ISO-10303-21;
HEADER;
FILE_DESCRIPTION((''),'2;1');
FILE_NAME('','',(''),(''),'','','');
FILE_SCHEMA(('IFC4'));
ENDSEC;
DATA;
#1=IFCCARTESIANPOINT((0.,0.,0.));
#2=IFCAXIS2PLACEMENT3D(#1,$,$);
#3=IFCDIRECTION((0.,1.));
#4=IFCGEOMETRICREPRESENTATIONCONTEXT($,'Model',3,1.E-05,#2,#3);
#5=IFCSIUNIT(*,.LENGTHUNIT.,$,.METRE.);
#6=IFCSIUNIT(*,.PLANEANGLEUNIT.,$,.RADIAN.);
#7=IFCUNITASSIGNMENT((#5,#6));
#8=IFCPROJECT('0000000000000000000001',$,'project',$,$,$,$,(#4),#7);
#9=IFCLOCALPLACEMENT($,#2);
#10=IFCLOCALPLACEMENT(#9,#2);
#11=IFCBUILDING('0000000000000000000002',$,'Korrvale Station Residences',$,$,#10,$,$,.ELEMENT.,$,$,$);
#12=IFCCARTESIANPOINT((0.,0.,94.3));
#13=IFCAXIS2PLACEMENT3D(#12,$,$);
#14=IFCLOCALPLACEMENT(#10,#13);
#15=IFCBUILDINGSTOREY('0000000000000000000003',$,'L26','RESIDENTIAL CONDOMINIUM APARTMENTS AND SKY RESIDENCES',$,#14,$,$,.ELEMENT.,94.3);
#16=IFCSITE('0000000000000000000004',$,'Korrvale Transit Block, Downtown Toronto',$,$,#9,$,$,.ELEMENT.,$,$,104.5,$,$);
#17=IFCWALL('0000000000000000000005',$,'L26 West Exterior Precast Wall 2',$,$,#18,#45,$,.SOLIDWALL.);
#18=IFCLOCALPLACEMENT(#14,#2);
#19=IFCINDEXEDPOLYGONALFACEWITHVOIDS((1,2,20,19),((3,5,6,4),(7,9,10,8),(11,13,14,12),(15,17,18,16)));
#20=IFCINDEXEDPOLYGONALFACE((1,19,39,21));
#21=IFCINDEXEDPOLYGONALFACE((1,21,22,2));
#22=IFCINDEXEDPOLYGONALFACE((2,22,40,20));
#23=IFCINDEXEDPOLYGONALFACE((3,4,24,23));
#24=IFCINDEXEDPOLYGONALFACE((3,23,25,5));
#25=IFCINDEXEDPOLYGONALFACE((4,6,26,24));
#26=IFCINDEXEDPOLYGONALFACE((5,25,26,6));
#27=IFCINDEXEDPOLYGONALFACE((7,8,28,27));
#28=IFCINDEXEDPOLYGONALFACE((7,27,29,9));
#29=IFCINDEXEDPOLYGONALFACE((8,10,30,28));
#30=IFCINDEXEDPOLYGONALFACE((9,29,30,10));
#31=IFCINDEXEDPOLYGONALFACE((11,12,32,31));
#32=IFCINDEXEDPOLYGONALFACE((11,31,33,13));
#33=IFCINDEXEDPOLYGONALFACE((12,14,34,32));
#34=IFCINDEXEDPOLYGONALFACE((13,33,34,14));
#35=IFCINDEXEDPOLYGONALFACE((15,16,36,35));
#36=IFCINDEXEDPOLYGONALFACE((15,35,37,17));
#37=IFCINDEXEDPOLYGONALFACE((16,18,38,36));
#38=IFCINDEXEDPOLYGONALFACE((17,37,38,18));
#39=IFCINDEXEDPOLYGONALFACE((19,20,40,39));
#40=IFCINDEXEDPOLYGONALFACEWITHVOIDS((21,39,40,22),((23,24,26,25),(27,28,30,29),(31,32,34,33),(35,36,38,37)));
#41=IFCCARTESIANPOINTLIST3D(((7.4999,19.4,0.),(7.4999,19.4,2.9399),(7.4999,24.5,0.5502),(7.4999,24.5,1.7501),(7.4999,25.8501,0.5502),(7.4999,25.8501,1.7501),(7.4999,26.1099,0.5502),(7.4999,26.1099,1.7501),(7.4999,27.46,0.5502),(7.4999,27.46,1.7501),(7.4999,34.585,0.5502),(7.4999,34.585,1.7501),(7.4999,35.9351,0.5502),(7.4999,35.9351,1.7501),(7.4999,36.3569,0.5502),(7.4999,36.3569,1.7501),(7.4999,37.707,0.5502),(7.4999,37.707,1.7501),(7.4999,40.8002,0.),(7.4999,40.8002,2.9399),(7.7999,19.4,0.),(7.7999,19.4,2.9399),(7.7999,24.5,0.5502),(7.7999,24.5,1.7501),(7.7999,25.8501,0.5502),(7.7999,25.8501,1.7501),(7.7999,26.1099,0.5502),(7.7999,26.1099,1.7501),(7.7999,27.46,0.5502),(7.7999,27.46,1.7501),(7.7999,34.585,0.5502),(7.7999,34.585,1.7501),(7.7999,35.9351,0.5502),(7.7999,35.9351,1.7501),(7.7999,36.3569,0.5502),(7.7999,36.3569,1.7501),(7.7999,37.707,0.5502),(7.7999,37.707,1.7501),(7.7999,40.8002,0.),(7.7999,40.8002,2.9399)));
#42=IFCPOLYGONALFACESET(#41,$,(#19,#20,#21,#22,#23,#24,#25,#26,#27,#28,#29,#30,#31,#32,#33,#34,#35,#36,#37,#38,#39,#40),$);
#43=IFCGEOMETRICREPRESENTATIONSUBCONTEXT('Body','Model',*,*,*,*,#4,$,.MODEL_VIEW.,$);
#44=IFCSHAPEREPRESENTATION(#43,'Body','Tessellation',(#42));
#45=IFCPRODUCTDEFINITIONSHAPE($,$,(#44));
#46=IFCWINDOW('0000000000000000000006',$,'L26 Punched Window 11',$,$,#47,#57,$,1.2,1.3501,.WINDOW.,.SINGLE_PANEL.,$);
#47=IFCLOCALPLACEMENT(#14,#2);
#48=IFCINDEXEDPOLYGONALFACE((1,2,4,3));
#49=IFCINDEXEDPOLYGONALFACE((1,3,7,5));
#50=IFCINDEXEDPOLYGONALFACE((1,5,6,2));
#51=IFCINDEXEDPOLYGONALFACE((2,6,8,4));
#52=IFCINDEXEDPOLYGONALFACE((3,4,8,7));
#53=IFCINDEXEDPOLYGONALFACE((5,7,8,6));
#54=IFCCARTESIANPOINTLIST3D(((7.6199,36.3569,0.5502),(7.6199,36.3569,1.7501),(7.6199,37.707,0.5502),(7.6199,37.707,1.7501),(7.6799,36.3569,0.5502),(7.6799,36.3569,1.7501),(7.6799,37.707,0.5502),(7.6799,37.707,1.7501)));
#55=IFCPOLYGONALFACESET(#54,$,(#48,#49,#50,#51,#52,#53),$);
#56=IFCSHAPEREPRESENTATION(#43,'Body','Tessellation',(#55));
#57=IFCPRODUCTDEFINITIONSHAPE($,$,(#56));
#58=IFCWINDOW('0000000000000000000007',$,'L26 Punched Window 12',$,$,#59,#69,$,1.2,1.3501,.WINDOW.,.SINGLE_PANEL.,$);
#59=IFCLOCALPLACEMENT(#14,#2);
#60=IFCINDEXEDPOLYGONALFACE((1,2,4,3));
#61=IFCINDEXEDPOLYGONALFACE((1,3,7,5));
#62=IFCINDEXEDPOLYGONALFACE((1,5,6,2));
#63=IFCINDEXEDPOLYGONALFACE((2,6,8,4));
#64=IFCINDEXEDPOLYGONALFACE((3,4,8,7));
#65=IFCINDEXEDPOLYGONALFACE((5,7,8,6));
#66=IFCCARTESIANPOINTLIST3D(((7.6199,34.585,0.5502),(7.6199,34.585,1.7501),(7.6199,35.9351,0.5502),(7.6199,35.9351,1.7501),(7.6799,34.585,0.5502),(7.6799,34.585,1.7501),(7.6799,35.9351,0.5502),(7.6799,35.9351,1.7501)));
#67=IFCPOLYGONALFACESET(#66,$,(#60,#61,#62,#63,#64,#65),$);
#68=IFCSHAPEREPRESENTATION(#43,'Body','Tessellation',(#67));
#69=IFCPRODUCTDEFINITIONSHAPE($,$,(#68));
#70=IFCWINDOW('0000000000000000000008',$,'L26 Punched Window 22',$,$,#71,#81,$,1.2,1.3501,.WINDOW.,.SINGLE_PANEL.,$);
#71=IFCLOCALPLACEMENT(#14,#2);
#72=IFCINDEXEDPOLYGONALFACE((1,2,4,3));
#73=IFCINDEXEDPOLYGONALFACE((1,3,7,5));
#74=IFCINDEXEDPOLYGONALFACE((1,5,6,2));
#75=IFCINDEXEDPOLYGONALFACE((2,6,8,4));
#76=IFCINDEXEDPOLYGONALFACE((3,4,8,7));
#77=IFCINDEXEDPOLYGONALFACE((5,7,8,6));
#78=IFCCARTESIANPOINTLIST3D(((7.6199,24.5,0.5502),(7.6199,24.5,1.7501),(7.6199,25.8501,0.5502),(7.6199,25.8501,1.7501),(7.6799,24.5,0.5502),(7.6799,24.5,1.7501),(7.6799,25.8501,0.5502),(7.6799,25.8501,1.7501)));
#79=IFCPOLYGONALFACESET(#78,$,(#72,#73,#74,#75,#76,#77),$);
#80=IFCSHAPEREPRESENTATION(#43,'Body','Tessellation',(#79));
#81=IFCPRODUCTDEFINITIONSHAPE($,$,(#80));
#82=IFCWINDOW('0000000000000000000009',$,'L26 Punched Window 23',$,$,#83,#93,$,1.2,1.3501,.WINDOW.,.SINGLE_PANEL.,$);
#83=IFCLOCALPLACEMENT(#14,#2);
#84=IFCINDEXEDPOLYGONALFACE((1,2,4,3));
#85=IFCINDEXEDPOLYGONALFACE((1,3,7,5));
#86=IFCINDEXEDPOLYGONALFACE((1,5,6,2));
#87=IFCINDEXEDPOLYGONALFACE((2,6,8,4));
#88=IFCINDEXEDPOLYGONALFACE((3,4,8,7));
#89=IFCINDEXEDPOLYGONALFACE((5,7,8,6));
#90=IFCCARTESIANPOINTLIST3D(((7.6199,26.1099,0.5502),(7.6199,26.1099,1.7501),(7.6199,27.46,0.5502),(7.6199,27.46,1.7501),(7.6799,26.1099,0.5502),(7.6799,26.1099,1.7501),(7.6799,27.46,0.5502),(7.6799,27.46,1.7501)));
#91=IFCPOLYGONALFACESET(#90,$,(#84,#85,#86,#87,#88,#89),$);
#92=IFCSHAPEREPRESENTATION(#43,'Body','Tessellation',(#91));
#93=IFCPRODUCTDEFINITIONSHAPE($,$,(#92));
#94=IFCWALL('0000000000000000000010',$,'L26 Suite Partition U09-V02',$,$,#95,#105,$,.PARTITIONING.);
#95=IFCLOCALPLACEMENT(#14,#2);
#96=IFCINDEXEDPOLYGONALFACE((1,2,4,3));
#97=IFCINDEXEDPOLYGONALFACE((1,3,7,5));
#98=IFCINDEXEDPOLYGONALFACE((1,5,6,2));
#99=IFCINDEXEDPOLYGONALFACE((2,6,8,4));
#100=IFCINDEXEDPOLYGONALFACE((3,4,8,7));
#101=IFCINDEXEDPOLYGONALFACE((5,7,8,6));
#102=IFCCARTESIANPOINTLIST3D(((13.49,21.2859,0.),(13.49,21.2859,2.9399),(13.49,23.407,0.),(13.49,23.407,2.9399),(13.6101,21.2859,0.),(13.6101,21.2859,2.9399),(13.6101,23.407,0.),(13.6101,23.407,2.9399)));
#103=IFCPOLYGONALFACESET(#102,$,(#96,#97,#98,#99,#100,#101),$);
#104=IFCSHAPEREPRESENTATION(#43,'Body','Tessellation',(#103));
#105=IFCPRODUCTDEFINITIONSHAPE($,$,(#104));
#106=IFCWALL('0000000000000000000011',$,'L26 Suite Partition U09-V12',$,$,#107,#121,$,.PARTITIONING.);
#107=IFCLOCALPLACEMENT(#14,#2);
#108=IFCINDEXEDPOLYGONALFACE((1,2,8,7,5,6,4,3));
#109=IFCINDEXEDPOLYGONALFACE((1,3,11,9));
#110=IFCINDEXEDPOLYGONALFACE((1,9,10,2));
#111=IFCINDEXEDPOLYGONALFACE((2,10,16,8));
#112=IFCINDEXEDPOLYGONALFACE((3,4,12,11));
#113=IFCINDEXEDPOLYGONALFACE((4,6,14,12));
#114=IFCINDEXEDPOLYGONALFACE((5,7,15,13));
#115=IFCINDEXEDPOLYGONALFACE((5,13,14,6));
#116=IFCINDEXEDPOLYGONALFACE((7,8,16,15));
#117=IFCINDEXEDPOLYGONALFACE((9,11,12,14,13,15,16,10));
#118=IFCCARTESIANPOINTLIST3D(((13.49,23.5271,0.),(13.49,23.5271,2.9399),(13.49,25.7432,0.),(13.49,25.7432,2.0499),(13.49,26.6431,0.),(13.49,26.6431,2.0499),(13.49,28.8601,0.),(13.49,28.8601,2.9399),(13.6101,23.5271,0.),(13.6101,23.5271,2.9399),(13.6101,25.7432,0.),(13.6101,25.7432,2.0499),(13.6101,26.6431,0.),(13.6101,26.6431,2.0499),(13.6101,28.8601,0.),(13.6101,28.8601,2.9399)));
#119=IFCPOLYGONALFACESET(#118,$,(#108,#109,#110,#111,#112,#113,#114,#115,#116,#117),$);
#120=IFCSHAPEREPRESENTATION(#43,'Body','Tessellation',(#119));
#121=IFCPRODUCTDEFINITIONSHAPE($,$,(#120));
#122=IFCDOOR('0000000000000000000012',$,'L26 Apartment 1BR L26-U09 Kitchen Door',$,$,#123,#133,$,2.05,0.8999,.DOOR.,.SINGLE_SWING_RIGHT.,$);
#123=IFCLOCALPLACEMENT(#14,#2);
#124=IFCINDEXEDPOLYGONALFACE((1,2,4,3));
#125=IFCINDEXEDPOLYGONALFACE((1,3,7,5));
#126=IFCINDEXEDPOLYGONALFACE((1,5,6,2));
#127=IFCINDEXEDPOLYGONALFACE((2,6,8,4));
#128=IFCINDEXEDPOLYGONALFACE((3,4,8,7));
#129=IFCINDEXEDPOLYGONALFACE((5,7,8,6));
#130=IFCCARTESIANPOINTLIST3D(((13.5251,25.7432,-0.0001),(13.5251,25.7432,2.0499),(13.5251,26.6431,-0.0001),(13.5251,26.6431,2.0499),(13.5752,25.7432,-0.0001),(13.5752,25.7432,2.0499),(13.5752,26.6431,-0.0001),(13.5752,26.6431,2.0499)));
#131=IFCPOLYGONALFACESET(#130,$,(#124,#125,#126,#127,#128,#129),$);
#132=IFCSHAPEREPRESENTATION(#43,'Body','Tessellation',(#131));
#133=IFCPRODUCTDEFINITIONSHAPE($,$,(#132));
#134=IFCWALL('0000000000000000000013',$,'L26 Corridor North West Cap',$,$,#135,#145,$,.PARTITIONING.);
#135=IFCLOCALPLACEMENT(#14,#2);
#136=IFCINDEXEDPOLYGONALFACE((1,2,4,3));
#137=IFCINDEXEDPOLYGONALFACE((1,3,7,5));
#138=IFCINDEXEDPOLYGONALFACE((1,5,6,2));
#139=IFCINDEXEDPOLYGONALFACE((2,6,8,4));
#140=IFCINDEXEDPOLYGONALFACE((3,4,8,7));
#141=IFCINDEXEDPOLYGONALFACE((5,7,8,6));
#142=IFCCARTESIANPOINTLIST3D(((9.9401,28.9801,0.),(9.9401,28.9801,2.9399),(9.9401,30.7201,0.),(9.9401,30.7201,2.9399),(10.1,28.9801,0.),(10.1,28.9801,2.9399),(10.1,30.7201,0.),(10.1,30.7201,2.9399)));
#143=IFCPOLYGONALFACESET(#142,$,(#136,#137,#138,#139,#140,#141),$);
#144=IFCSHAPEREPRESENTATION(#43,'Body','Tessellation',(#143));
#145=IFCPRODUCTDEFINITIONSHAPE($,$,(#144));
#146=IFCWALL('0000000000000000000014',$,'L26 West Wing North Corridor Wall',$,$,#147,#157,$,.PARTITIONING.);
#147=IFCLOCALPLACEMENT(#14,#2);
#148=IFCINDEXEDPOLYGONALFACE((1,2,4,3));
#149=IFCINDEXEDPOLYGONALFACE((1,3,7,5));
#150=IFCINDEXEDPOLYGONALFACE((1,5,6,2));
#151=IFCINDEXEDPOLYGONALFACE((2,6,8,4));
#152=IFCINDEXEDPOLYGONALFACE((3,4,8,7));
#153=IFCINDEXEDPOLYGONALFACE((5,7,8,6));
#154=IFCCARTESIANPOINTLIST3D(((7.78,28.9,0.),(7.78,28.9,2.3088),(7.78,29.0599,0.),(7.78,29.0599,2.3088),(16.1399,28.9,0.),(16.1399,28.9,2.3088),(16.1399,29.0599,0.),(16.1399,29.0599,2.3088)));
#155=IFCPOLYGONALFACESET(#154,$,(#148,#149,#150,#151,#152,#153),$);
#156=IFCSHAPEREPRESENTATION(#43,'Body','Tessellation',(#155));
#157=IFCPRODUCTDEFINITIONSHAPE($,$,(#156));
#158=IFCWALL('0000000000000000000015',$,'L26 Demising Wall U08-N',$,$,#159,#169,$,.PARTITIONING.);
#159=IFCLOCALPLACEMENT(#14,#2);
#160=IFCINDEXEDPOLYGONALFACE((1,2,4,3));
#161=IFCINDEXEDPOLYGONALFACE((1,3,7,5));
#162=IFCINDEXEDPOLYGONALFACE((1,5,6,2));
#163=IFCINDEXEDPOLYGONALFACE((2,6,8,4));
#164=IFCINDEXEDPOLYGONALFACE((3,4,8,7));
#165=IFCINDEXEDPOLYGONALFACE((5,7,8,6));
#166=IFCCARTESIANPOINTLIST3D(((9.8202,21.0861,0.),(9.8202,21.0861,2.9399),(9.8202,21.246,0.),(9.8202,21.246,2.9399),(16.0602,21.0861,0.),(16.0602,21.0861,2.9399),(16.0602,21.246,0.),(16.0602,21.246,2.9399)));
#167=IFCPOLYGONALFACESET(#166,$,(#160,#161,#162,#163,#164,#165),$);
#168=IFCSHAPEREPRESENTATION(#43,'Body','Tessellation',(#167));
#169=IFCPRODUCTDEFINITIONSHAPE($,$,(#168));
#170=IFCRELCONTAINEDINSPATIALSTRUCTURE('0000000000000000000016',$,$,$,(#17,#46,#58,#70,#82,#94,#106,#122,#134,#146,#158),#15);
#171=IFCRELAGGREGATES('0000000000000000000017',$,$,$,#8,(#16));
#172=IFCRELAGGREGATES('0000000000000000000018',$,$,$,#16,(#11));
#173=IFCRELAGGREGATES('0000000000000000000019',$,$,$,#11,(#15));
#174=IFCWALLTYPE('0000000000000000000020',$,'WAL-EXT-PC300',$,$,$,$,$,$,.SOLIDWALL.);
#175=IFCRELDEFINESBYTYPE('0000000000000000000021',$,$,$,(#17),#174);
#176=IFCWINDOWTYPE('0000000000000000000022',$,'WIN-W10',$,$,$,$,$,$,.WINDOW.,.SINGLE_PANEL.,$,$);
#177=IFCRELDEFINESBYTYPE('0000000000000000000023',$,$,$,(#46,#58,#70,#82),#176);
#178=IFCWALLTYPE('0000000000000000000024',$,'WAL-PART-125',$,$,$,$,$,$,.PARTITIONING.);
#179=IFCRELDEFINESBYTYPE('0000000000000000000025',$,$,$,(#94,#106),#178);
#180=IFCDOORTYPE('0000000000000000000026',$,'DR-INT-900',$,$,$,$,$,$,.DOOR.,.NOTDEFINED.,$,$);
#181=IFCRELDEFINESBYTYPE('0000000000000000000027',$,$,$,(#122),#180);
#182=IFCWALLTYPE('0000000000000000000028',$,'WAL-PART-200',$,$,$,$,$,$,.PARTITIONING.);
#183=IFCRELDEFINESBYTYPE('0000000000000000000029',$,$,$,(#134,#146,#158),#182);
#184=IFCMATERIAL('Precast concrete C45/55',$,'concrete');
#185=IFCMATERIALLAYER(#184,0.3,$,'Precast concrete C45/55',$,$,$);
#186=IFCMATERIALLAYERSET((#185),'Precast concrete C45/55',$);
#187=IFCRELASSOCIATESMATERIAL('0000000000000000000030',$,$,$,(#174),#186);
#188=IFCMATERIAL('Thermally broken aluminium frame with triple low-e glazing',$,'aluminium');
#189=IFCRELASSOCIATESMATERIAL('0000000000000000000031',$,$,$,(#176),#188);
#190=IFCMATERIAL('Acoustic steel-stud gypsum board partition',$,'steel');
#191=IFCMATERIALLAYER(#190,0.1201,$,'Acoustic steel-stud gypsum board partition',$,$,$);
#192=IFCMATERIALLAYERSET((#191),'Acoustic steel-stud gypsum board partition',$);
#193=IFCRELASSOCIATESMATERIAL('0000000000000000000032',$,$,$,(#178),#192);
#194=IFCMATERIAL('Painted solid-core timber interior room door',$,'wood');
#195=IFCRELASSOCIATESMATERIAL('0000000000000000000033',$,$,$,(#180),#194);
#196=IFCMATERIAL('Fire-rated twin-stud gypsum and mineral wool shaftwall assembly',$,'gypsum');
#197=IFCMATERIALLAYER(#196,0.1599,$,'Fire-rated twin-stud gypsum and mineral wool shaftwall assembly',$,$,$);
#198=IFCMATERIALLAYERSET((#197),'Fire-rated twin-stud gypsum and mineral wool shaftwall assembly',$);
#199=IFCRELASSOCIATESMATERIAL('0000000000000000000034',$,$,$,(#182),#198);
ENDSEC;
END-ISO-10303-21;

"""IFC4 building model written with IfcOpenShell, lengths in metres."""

from ifc_helpers import new_model, si_unit, direction, frame, frame_2d, origin, place, context, subcontext, project, spatial, rectangle, extrude, material, layer, layer_set, type_object, element, fill, save


model = new_model("IFC4")

# Units and contexts
model_context = context("Model", 3, precision=1e-05, world=origin(), true_north=direction((0.0, 1.0)))
body_context = subcontext(model_context, "Body", "Model", "MODEL_VIEW")
ifc_project = project(units=[si_unit("LENGTHUNIT", "METRE"), si_unit("PLANEANGLEUNIT", "RADIAN")], contexts=[model_context])

# Site, building, storey
site_placement = place(None, origin())
site = spatial("IfcSite", under=ifc_project, at=site_placement, Name="Korrvale Transit Block, Downtown Toronto", CompositionType="ELEMENT", RefElevation=104.5)
building_placement = place(site_placement, origin())
building = spatial("IfcBuilding", under=site, at=building_placement, Name="Korrvale Station Residences", CompositionType="ELEMENT")
storey_placement = place(building_placement, frame((0.0, 0.0, 94.3)))
storey = spatial("IfcBuildingStorey", under=building, at=storey_placement, Name="L26", Description="RESIDENTIAL CONDOMINIUM APARTMENTS AND SKY RESIDENCES", CompositionType="ELEMENT", Elevation=94.3)

# Shared definitions
ifc_material_1 = material(Name="Precast concrete C45/55", Category="concrete")

# Wall, openings, windows
ifc_layer_1 = layer(ifc_material_1, 0.3, Name="Precast concrete C45/55")
ifc_layer_set_1 = layer_set([ifc_layer_1], Name="Precast concrete C45/55")
wall_type_1 = type_object("IfcWallType", Name="WAL-EXT-PC300", PredefinedType="SOLIDWALL", material=ifc_layer_set_1)
wall_1_placement = place(storey_placement, frame((7.6499, 19.3999, 0.0), z_axis=(0.0, 0.0, 1.0), x_axis=(0.0, 1.0, 0.0)))
wall_1 = element("IfcWall", 1, at=wall_1_placement, inside=storey, type_object=wall_type_1, Name="L26 West Exterior Precast Wall 2", PredefinedType="SOLIDWALL", context=body_context, shape_type="SweptSolid", body=[
    extrude(rectangle(XDim=21.4001, YDim=0.3, at=frame_2d((10.7002, 0.0))), origin(), (0.0, 0.0, 1.0), 2.9399),
])
opening_1_placement = place(wall_1_placement, frame((16.957, 0.0, 0.55)))
opening_1 = element("IfcOpeningElement", 2, at=opening_1_placement, cuts=wall_1, PredefinedType="OPENING", context=body_context, shape_type="SweptSolid", body=[
    extrude(rectangle(XDim=1.3501, YDim=1.2, at=frame_2d((0.675, 0.6001))), frame((0.0, 0.1602, 0.0), z_axis=(0.0, -1.0, 0.0), x_axis=(1.0, 0.0, 0.0)), (0.0, 0.0, 1.0), 0.3201),
])
opening_2_placement = place(wall_1_placement, frame((15.1851, 0.0, 0.55)))
opening_2 = element("IfcOpeningElement", 3, at=opening_2_placement, cuts=wall_1, PredefinedType="OPENING", context=body_context, shape_type="SweptSolid", body=[
    extrude(rectangle(XDim=1.3501, YDim=1.2, at=frame_2d((0.675, 0.6001))), frame((0.0, 0.1602, 0.0), z_axis=(0.0, -1.0, 0.0), x_axis=(1.0, 0.0, 0.0)), (0.0, 0.0, 1.0), 0.3201),
])
opening_3_placement = place(wall_1_placement, frame((5.1001, 0.0, 0.55)))
opening_3 = element("IfcOpeningElement", 4, at=opening_3_placement, cuts=wall_1, PredefinedType="OPENING", context=body_context, shape_type="SweptSolid", body=[
    extrude(rectangle(XDim=1.3501, YDim=1.2, at=frame_2d((0.675, 0.6001))), frame((0.0, 0.1602, 0.0), z_axis=(0.0, -1.0, 0.0), x_axis=(1.0, 0.0, 0.0)), (0.0, 0.0, 1.0), 0.3201),
])
opening_4_placement = place(wall_1_placement, frame((6.71, 0.0, 0.55)))
opening_4 = element("IfcOpeningElement", 5, at=opening_4_placement, cuts=wall_1, PredefinedType="OPENING", context=body_context, shape_type="SweptSolid", body=[
    extrude(rectangle(XDim=1.3501, YDim=1.2, at=frame_2d((0.675, 0.6001))), frame((0.0, 0.1602, 0.0), z_axis=(0.0, -1.0, 0.0), x_axis=(1.0, 0.0, 0.0)), (0.0, 0.0, 1.0), 0.3201),
])
ifc_material_2 = material(Name="Thermally broken aluminium frame with triple low-e glazing", Category="aluminium")
window_type = type_object("IfcWindowType", Name="WIN-W10", PartitioningType="SINGLE_PANEL", PredefinedType="WINDOW", material=ifc_material_2)
window_1_placement = place(opening_1_placement, origin())
window_1 = element("IfcWindow", 6, at=window_1_placement, inside=storey, type_object=window_type, Name="L26 Punched Window 11", OverallHeight=1.2, OverallWidth=1.3501, PartitioningType="SINGLE_PANEL", PredefinedType="WINDOW", context=body_context, shape_type="SweptSolid", body=[
    extrude(rectangle(XDim=1.3501, YDim=1.2, at=frame_2d((0.675, 0.6001))), frame((0.0, 0.03, 0.0), z_axis=(0.0, -1.0, 0.0), x_axis=(1.0, 0.0, 0.0)), (0.0, 0.0, 1.0), 0.0601),
])
fill(opening_1, window_1)
window_2_placement = place(opening_2_placement, origin())
window_2 = element("IfcWindow", 7, at=window_2_placement, inside=storey, type_object=window_type, Name="L26 Punched Window 12", OverallHeight=1.2, OverallWidth=1.3501, PartitioningType="SINGLE_PANEL", PredefinedType="WINDOW", context=body_context, shape_type="SweptSolid", body=[
    extrude(rectangle(XDim=1.3501, YDim=1.2, at=frame_2d((0.675, 0.6001))), frame((0.0, 0.03, 0.0), z_axis=(0.0, -1.0, 0.0), x_axis=(1.0, 0.0, 0.0)), (0.0, 0.0, 1.0), 0.0601),
])
fill(opening_2, window_2)
window_3_placement = place(opening_3_placement, origin())
window_3 = element("IfcWindow", 8, at=window_3_placement, inside=storey, type_object=window_type, Name="L26 Punched Window 22", OverallHeight=1.2, OverallWidth=1.3501, PartitioningType="SINGLE_PANEL", PredefinedType="WINDOW", context=body_context, shape_type="SweptSolid", body=[
    extrude(rectangle(XDim=1.3501, YDim=1.2, at=frame_2d((0.675, 0.6001))), frame((0.0, 0.03, 0.0), z_axis=(0.0, -1.0, 0.0), x_axis=(1.0, 0.0, 0.0)), (0.0, 0.0, 1.0), 0.0601),
])
fill(opening_3, window_3)
window_4_placement = place(opening_4_placement, origin())
window_4 = element("IfcWindow", 9, at=window_4_placement, inside=storey, type_object=window_type, Name="L26 Punched Window 23", OverallHeight=1.2, OverallWidth=1.3501, PartitioningType="SINGLE_PANEL", PredefinedType="WINDOW", context=body_context, shape_type="SweptSolid", body=[
    extrude(rectangle(XDim=1.3501, YDim=1.2, at=frame_2d((0.675, 0.6001))), frame((0.0, 0.03, 0.0), z_axis=(0.0, -1.0, 0.0), x_axis=(1.0, 0.0, 0.0)), (0.0, 0.0, 1.0), 0.0601),
])
fill(opening_4, window_4)

# Wall
ifc_material_3 = material(Name="Acoustic steel-stud gypsum board partition", Category="steel")
ifc_layer_2 = layer(ifc_material_3, 0.1201, Name="Acoustic steel-stud gypsum board partition")
ifc_layer_set_2 = layer_set([ifc_layer_2], Name="Acoustic steel-stud gypsum board partition")
wall_type_2 = type_object("IfcWallType", Name="WAL-PART-125", PredefinedType="PARTITIONING", material=ifc_layer_set_2)
wall_2_placement = place(storey_placement, frame((13.55, 21.2859, 0.0), z_axis=(0.0, 0.0, 1.0), x_axis=(0.0, 1.0, 0.0)))
element("IfcWall", 10, at=wall_2_placement, inside=storey, type_object=wall_type_2, Name="L26 Suite Partition U09-V02", PredefinedType="PARTITIONING", context=body_context, shape_type="SweptSolid", body=[
    extrude(rectangle(XDim=2.1211, YDim=0.1201, at=frame_2d((1.0605, 0.0))), origin(), (0.0, 0.0, 1.0), 2.9399),
])

# Wall, opening, door
wall_3_placement = place(storey_placement, frame((13.55, 23.5271, 0.0), z_axis=(0.0, 0.0, 1.0), x_axis=(0.0, 1.0, 0.0)))
wall_3 = element("IfcWall", 11, at=wall_3_placement, inside=storey, type_object=wall_type_2, Name="L26 Suite Partition U09-V12", PredefinedType="PARTITIONING", context=body_context, shape_type="SweptSolid", body=[
    extrude(rectangle(XDim=5.333, YDim=0.1201, at=frame_2d((2.6665, 0.0))), origin(), (0.0, 0.0, 1.0), 2.9399),
])
opening_5_placement = place(wall_3_placement, frame((2.2161, 0.0, 0.0)))
opening_5 = element("IfcOpeningElement", 12, at=opening_5_placement, cuts=wall_3, PredefinedType="OPENING", context=body_context, shape_type="SweptSolid", body=[
    extrude(rectangle(XDim=0.8999, YDim=2.05, at=frame_2d((0.45, 1.0249))), frame((0.0, 0.0701, 0.0), z_axis=(0.0, -1.0, 0.0), x_axis=(1.0, 0.0, 0.0)), (0.0, 0.0, 1.0), 0.1401),
])
ifc_material_4 = material(Name="Painted solid-core timber interior room door", Category="wood")
door_type = type_object("IfcDoorType", Name="DR-INT-900", OperationType="NOTDEFINED", PredefinedType="DOOR", material=ifc_material_4)
door_placement = place(opening_5_placement, origin())
door = element("IfcDoor", 13, at=door_placement, inside=storey, type_object=door_type, Name="L26 Apartment 1BR L26-U09 Kitchen Door", OperationType="SINGLE_SWING_RIGHT", OverallHeight=2.05, OverallWidth=0.8999, PredefinedType="DOOR", context=body_context, shape_type="SweptSolid", body=[
    extrude(rectangle(XDim=0.8999, YDim=2.05, at=frame_2d((0.45, 1.0249))), frame((0.0, 0.0249, 0.0), z_axis=(0.0, -1.0, 0.0), x_axis=(1.0, 0.0, 0.0)), (0.0, 0.0, 1.0), 0.05),
])
fill(opening_5, door)

# Walls
ifc_material_5 = material(Name="Fire-rated twin-stud gypsum and mineral wool shaftwall assembly", Category="gypsum")
ifc_layer_3 = layer(ifc_material_5, 0.1599, Name="Fire-rated twin-stud gypsum and mineral wool shaftwall assembly")
ifc_layer_set_3 = layer_set([ifc_layer_3], Name="Fire-rated twin-stud gypsum and mineral wool shaftwall assembly")
wall_type_3 = type_object("IfcWallType", Name="WAL-PART-200", PredefinedType="PARTITIONING", material=ifc_layer_set_3)
wall_4_placement = place(storey_placement, frame((10.02, 28.98, 0.0), z_axis=(0.0, 0.0, 1.0), x_axis=(0.0, 1.0, 0.0)))
element("IfcWall", 14, at=wall_4_placement, inside=storey, type_object=wall_type_3, Name="L26 Corridor North West Cap", PredefinedType="PARTITIONING", context=body_context, shape_type="SweptSolid", body=[
    extrude(rectangle(XDim=1.74, YDim=0.1599, at=frame_2d((0.8701, 0.0))), origin(), (0.0, 0.0, 1.0), 2.9399),
])
wall_5_placement = place(storey_placement, frame((7.78, 28.98, 0.0), z_axis=(0.0, 0.0, 1.0), x_axis=(1.0, 0.0, 0.0)))
element("IfcWall", 15, at=wall_5_placement, inside=storey, type_object=wall_type_3, Name="L26 West Wing North Corridor Wall", PredefinedType="PARTITIONING", context=body_context, shape_type="SweptSolid", body=[
    extrude(rectangle(XDim=8.3599, YDim=0.1599, at=frame_2d((4.1799, 0.0))), origin(), (0.0, 0.0, 1.0), 2.3088),
])
wall_6_placement = place(storey_placement, frame((9.8201, 21.166, 0.0), z_axis=(0.0, 0.0, 1.0), x_axis=(1.0, 0.0, 0.0)))
element("IfcWall", 16, at=wall_6_placement, inside=storey, type_object=wall_type_3, Name="L26 Demising Wall U08-N", PredefinedType="PARTITIONING", context=body_context, shape_type="SweptSolid", body=[
    extrude(rectangle(XDim=6.24, YDim=0.1599, at=frame_2d((3.1201, 0.0))), origin(), (0.0, 0.0, 1.0), 2.9399),
])

save(model, "model.ifc")
